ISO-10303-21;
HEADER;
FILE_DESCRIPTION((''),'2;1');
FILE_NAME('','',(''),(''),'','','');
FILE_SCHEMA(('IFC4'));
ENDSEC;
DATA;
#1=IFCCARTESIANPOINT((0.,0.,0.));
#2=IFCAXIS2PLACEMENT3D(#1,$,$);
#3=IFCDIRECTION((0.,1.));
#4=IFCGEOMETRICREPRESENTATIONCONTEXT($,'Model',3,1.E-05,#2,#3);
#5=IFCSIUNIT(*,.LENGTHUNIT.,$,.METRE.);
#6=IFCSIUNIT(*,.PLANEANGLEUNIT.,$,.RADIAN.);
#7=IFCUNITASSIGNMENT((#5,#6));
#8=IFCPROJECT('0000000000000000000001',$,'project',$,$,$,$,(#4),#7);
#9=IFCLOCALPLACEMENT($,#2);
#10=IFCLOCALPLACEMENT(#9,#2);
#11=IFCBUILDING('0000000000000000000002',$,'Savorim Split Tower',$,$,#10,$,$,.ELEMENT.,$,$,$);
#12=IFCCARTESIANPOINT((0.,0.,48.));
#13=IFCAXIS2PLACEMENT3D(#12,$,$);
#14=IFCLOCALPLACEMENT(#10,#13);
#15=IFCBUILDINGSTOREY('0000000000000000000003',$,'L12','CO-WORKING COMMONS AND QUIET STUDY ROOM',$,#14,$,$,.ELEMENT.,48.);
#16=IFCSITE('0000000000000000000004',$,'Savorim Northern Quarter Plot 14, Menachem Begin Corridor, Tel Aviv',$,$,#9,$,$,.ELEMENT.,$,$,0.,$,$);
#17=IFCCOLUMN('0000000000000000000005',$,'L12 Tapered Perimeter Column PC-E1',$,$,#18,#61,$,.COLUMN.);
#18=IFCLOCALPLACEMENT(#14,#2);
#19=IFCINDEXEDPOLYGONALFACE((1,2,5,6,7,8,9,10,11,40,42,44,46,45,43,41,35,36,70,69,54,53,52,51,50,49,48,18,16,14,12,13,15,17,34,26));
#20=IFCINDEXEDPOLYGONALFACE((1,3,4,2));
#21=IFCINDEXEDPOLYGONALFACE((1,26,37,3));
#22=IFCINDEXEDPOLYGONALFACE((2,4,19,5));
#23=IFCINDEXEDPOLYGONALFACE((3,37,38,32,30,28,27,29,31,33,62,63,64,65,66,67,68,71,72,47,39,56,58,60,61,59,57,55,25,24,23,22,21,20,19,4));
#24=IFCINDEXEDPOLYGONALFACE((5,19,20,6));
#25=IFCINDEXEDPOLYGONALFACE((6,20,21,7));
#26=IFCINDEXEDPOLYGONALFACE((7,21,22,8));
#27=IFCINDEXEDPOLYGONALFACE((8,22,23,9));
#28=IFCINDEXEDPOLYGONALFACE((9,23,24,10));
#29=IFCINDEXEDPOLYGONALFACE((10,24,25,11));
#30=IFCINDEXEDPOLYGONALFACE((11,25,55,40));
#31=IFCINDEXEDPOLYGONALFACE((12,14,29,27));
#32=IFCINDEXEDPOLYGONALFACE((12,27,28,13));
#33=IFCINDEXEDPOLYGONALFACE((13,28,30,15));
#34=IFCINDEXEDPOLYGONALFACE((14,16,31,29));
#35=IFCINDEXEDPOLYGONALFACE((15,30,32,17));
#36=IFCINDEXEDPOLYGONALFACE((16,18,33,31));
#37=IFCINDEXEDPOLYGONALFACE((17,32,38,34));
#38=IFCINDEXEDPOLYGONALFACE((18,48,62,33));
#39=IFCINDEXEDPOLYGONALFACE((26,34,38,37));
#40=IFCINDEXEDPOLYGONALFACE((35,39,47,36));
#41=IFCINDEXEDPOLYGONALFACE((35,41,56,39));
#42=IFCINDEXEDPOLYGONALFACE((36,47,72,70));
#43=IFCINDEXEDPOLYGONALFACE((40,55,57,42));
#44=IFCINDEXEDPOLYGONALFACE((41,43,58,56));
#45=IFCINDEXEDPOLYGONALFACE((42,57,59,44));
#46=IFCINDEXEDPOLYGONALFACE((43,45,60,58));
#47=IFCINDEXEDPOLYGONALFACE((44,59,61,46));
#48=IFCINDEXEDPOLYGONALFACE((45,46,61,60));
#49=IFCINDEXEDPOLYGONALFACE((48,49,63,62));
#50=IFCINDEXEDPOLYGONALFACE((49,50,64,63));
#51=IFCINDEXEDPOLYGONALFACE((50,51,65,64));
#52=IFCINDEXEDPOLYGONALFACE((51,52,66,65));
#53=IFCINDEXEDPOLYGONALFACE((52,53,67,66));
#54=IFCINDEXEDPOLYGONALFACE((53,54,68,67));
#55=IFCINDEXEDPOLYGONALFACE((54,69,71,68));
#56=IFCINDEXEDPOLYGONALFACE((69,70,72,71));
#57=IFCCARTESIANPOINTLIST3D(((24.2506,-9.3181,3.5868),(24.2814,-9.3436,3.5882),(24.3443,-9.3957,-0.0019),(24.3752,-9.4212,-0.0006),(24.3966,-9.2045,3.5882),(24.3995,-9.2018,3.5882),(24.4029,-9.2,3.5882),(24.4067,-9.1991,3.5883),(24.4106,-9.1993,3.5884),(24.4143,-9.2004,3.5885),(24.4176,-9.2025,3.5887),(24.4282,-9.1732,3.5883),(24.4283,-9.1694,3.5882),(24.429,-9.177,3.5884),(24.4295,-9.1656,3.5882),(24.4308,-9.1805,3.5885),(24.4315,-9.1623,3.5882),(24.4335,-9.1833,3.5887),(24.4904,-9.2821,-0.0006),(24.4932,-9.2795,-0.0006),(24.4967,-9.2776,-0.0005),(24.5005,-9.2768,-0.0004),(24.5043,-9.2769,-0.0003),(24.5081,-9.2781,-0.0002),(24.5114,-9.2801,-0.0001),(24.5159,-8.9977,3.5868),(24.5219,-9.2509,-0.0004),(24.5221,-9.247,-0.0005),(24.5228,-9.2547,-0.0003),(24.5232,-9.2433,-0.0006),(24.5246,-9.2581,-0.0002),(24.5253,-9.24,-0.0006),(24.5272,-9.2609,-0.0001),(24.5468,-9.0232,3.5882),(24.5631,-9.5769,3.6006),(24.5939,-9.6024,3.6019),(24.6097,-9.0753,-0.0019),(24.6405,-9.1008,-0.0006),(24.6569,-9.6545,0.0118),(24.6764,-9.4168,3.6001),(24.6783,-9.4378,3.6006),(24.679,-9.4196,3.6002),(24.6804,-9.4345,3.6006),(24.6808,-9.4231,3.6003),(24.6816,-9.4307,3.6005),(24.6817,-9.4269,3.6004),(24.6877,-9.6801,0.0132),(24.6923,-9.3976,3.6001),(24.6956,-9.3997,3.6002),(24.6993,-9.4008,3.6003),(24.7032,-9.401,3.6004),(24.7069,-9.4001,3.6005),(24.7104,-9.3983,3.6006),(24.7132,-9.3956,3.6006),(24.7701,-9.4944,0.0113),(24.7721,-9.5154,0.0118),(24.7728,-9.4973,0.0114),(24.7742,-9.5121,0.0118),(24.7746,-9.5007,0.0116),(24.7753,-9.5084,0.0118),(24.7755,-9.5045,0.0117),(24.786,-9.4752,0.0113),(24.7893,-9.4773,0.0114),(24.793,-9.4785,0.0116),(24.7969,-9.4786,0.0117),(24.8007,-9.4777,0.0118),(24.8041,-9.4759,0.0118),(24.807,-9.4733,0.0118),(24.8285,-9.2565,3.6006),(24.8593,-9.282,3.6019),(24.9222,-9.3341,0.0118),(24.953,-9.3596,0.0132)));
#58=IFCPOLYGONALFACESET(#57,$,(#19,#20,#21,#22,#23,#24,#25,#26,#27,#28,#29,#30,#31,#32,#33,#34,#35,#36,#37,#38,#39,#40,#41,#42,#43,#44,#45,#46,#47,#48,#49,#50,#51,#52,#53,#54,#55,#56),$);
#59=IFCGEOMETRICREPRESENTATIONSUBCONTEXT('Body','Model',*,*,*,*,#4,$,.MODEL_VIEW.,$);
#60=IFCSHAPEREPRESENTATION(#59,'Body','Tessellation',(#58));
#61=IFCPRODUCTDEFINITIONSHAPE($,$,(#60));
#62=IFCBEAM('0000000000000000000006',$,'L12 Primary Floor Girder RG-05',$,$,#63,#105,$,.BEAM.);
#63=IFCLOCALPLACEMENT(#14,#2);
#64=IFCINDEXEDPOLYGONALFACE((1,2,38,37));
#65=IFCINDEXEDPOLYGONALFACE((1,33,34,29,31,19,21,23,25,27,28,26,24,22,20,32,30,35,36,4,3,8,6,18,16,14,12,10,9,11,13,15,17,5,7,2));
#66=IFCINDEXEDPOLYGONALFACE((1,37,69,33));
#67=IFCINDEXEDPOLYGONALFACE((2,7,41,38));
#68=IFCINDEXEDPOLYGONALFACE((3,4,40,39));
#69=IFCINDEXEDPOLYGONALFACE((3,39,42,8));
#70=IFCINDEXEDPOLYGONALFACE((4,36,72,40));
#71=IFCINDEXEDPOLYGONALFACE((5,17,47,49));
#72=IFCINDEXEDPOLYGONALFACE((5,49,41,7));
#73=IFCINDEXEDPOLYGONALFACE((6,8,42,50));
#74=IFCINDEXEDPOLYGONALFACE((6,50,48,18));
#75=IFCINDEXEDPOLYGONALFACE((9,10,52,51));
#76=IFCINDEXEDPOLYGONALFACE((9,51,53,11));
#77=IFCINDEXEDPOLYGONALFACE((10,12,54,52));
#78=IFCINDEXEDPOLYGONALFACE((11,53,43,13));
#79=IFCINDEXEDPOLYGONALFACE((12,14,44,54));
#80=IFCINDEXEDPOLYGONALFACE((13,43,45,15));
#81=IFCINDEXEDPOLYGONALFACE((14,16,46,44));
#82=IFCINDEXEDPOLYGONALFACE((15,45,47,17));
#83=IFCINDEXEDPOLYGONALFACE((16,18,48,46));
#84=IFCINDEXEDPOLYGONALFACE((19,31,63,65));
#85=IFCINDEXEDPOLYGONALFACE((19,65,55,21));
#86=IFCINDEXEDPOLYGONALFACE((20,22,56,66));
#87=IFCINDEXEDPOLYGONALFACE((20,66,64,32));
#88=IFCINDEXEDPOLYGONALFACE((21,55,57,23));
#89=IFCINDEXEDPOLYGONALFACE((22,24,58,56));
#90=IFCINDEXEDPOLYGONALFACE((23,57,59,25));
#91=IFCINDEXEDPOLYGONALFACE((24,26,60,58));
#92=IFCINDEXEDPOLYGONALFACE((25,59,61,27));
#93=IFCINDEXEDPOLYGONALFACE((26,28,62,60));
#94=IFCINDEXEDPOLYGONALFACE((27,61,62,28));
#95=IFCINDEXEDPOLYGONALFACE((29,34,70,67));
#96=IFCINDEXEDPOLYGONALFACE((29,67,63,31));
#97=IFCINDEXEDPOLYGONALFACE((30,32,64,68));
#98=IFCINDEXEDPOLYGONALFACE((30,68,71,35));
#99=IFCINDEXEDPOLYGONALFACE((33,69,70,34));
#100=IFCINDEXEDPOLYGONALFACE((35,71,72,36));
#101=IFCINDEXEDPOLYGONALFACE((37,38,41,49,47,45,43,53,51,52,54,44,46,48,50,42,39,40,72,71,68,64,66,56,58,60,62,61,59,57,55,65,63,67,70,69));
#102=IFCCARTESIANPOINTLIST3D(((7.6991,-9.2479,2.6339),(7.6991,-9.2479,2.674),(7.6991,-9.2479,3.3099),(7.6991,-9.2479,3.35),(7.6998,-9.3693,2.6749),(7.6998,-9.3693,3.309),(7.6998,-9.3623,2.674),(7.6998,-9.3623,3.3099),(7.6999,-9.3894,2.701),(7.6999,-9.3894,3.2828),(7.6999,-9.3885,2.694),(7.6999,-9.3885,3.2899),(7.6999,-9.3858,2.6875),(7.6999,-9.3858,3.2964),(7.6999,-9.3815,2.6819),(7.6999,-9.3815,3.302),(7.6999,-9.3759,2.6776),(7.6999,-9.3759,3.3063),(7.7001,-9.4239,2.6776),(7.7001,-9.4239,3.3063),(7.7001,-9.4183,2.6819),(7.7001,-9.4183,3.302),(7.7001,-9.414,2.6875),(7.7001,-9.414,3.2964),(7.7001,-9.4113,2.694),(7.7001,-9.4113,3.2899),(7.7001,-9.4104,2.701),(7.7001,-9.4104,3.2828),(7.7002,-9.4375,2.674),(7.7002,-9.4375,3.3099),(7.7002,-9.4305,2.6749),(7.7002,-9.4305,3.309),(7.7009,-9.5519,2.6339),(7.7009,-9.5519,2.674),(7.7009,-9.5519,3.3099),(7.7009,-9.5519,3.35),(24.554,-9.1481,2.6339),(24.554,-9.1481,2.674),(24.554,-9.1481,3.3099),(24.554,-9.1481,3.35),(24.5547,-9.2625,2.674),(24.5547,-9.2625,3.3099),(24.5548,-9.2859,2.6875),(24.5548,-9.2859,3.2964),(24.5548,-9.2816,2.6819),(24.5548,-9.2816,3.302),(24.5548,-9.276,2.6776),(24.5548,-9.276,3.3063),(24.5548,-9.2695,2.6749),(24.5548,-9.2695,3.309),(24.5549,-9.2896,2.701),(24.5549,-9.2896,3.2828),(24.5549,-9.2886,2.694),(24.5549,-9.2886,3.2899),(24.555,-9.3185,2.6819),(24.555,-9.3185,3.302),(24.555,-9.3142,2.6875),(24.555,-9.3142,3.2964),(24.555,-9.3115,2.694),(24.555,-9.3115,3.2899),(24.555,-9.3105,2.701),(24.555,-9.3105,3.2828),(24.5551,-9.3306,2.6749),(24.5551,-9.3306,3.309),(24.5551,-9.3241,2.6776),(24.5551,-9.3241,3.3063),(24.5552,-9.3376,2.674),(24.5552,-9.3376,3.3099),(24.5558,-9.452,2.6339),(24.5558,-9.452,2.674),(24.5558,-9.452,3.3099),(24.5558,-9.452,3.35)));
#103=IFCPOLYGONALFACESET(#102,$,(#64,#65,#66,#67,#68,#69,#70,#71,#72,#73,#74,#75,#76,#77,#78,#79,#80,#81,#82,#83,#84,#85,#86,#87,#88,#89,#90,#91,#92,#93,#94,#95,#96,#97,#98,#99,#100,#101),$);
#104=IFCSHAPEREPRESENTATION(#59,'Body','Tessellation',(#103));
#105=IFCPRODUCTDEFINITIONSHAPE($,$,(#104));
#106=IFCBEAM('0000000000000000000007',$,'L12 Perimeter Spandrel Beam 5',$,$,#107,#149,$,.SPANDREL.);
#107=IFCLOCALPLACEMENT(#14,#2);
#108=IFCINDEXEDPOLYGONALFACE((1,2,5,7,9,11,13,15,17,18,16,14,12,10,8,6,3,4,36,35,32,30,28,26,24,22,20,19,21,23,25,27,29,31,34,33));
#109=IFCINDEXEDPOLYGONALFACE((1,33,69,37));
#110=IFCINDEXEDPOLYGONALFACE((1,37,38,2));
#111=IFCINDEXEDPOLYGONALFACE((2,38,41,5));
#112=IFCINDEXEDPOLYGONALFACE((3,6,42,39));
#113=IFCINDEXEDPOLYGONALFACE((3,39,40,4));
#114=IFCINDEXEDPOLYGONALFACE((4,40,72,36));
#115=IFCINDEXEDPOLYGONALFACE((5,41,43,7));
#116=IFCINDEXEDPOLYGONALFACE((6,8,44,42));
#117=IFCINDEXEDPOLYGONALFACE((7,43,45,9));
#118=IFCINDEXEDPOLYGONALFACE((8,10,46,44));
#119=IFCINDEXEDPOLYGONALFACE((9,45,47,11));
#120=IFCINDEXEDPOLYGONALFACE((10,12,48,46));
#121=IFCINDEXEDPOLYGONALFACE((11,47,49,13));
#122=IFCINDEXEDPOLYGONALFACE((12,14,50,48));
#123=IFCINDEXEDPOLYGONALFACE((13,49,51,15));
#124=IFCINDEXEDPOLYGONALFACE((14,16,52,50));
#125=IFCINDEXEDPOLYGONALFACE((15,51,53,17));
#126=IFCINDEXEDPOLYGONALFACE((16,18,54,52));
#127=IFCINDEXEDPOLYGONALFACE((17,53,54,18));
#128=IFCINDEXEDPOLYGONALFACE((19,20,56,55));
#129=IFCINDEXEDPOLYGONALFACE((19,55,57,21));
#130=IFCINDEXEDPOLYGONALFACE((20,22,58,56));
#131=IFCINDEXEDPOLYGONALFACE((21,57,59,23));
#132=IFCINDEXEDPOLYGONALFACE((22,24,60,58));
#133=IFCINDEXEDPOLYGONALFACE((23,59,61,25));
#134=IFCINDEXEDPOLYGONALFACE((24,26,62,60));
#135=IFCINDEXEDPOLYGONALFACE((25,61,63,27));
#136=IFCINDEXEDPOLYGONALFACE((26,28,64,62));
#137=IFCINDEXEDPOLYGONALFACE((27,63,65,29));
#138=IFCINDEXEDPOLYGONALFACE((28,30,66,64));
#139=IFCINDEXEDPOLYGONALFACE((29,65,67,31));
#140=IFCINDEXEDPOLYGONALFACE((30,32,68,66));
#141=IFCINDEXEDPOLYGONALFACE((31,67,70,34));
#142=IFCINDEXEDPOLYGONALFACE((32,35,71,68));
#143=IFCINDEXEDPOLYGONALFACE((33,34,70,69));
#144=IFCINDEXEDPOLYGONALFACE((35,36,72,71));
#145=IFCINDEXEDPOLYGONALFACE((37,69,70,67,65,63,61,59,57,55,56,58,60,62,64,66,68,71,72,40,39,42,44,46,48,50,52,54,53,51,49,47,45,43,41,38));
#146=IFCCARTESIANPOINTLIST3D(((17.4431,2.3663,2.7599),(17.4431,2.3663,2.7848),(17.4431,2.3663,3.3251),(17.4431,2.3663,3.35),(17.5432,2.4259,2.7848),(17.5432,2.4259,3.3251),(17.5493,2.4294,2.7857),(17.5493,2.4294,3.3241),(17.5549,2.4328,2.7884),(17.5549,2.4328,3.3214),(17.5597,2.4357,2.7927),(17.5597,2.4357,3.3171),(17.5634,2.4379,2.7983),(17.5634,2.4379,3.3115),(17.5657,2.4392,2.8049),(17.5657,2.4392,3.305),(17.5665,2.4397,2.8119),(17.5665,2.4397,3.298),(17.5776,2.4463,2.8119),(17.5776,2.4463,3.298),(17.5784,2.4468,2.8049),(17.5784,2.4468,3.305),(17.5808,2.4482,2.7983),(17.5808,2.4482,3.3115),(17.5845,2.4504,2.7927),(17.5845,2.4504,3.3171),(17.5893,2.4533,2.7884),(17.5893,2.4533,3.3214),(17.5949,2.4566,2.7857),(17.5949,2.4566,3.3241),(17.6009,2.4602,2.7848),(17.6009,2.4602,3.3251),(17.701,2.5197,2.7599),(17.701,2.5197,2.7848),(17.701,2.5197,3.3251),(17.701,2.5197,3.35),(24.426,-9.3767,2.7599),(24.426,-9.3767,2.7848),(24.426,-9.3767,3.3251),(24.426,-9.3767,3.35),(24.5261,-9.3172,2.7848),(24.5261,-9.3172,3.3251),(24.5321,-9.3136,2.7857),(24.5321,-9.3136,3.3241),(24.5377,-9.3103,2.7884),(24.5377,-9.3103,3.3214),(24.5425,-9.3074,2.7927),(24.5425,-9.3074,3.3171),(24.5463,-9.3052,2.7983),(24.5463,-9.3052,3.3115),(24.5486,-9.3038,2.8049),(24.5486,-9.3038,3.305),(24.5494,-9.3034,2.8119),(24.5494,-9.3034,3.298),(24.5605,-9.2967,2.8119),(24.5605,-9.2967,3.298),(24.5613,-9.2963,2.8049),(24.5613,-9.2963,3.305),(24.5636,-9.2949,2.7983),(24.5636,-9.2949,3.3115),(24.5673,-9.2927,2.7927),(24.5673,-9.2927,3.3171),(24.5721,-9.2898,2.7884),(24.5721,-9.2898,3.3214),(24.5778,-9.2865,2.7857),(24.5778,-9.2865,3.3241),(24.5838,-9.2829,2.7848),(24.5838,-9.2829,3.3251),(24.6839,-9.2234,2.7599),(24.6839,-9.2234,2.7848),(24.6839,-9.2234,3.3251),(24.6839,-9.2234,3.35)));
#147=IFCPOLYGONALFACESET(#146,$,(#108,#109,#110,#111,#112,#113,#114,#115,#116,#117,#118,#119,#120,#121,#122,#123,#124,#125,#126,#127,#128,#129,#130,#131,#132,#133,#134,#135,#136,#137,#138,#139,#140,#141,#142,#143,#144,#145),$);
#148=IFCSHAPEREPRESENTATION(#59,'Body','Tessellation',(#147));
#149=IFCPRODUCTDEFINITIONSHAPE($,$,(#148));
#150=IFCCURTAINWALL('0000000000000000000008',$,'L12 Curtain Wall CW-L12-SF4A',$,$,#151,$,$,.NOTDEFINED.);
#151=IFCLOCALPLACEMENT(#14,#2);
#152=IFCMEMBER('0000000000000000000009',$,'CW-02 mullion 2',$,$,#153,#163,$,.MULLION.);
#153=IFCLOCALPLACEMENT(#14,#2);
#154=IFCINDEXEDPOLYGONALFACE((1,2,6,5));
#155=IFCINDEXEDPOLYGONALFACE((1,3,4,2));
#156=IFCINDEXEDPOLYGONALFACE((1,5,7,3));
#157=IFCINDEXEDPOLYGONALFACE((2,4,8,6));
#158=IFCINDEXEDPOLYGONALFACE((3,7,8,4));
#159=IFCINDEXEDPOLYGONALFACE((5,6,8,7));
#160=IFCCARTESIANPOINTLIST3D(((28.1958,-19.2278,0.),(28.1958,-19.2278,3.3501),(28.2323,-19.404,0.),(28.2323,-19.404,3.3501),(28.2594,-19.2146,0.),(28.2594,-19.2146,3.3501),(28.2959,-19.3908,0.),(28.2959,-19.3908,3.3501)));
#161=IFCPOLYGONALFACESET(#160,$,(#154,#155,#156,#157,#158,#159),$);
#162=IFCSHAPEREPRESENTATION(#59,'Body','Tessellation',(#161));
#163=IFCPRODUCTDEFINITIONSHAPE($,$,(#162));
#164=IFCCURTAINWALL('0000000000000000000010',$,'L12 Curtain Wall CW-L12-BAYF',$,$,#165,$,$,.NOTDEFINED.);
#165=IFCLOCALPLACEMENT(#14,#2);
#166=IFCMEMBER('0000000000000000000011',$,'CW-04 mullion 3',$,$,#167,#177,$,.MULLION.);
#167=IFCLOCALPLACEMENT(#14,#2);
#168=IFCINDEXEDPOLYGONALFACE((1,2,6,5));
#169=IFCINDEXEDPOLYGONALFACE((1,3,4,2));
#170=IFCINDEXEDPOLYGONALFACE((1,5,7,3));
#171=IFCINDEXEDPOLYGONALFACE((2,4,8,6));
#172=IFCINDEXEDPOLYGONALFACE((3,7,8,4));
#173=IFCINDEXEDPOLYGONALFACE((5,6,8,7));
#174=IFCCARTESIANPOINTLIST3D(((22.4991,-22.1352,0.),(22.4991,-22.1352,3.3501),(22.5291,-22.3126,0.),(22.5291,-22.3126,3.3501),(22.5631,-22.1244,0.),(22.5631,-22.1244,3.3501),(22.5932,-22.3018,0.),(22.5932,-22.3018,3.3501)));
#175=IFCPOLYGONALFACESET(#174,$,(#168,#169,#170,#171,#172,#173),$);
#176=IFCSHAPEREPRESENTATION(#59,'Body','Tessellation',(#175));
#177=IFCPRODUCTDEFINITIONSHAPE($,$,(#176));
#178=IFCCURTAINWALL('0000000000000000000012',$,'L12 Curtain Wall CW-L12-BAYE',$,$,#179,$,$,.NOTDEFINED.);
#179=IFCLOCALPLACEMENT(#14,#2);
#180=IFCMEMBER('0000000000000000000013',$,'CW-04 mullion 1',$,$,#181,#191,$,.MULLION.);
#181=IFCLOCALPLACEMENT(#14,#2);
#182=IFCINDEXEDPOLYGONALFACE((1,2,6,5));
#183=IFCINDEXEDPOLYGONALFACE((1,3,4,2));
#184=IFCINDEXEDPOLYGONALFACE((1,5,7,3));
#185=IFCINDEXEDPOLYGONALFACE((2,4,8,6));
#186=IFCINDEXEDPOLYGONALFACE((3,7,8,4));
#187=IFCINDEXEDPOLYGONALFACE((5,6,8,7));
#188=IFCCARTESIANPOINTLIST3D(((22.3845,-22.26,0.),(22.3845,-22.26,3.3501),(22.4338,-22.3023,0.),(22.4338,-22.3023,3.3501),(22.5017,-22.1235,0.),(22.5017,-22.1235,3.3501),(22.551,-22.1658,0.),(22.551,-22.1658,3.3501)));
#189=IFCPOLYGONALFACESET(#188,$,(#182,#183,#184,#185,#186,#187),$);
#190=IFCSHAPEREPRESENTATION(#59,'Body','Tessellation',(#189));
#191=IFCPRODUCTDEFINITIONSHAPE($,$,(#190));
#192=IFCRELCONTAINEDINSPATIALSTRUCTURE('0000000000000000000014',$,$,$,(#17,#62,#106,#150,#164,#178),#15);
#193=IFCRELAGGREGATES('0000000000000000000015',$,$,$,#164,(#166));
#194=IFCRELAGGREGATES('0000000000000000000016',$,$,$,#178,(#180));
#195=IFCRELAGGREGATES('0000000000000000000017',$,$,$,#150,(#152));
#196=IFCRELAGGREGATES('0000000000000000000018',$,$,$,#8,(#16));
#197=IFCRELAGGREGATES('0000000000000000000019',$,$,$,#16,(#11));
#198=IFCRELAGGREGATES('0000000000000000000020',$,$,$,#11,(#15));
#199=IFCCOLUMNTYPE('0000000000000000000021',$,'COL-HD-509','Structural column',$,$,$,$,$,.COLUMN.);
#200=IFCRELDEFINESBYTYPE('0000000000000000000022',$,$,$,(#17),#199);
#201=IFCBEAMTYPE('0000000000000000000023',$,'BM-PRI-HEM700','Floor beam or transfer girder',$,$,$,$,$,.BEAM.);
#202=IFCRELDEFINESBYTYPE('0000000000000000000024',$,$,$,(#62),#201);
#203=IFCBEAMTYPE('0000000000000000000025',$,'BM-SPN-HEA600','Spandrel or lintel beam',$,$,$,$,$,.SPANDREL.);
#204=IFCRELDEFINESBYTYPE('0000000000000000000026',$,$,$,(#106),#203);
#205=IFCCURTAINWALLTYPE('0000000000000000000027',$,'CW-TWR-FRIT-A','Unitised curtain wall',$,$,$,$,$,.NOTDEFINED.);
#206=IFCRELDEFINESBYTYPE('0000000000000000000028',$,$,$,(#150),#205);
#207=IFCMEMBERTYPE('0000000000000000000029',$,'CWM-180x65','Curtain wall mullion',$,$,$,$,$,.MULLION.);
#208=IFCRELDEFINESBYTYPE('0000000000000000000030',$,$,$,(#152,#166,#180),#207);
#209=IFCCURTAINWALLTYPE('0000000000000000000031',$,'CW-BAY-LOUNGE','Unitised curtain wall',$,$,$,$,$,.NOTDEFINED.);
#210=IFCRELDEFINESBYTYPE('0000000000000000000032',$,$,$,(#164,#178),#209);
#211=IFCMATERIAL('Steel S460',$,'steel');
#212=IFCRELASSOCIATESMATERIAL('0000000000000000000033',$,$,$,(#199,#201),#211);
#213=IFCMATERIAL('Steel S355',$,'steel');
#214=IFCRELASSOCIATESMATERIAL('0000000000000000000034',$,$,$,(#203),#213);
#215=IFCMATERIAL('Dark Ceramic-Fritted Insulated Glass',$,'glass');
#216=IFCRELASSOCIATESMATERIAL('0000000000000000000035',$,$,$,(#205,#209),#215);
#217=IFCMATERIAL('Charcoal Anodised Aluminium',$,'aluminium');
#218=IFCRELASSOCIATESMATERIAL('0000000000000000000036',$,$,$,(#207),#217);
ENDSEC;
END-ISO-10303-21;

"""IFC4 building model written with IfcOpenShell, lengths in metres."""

from ifc_helpers import new_model, si_unit, direction, frame, origin, origin_2d, place, context, subcontext, project, spatial, rectangle, i_section, extrude, material, material_profile, profile_set, type_object, element, aggregate, save


model = new_model("IFC4")

# Units and contexts
model_context = context("Model", 3, precision=1e-05, world=origin(), true_north=direction((0.0, 1.0)))
body_context = subcontext(model_context, "Body", "Model", "MODEL_VIEW")
ifc_project = project(units=[si_unit("LENGTHUNIT", "METRE"), si_unit("PLANEANGLEUNIT", "RADIAN")], contexts=[model_context])

# Site, building, storey
site_placement = place(None, origin())
site = spatial("IfcSite", under=ifc_project, at=site_placement, Name="Savorim Northern Quarter Plot 14, Menachem Begin Corridor, Tel Aviv", CompositionType="ELEMENT", RefElevation=0.0)
building_placement = place(site_placement, origin())
building = spatial("IfcBuilding", under=site, at=building_placement, Name="Savorim Split Tower", CompositionType="ELEMENT")
storey_placement = place(building_placement, frame((0.0, 0.0, 48.0)))
storey = spatial("IfcBuildingStorey", under=building, at=storey_placement, Name="L12", Description="CO-WORKING COMMONS AND QUIET STUDY ROOM", CompositionType="ELEMENT", Elevation=48.0)

# Column
ifc_material_1 = material(Name="Steel S460", Category="steel")
ifc_material_profile_1 = material_profile(ifc_material_1, i_section(OverallWidth=0.416, OverallDepth=0.446, WebThickness=0.0249, FlangeThickness=0.04, FilletRadius=0.0149, at=origin_2d()), Name="HD 400x509")
ifc_profile_set_1 = profile_set([ifc_material_profile_1], Name="Steel S460")
column_type = type_object("IfcColumnType", Name="COL-HD-509", Description="Structural column", PredefinedType="COLUMN", material=ifc_profile_set_1)
column_placement = place(storey_placement, frame((24.6487, -9.3777, 0.0056), z_axis=(-0.026107, 0.02162, 0.999425), x_axis=(-0.637814, -0.77019, 0.0)))
element("IfcColumn", 1, at=column_placement, inside=storey, type_object=column_type, Name="L12 Tapered Perimeter Column PC-E1", PredefinedType="COLUMN", context=body_context, shape_type="SweptSolid", body=[
    extrude(i_section(OverallWidth=0.416, OverallDepth=0.446, WebThickness=0.0249, FlangeThickness=0.04, FilletRadius=0.0149, at=origin_2d()), origin(), (0.0, 0.0, 1.0), 3.5908),
])

# Beams
ifc_material_profile_2 = material_profile(ifc_material_1, i_section(OverallWidth=0.304, OverallDepth=0.7161, WebThickness=0.021, FlangeThickness=0.04, FilletRadius=0.0271, at=origin_2d()), Name="HE 700 M")
ifc_profile_set_2 = profile_set([ifc_material_profile_2], Name="Steel S460")
beam_type_1 = type_object("IfcBeamType", Name="BM-PRI-HEM700", Description="Floor beam or transfer girder", PredefinedType="BEAM", material=ifc_profile_set_2)
beam_1_placement = place(storey_placement, frame((24.5549, -9.3, 2.9919), z_axis=(-0.999982, -0.005924, 0.0), x_axis=(0.005924, -0.999982, 0.0)))
element("IfcBeam", 2, at=beam_1_placement, inside=storey, type_object=beam_type_1, Name="L12 Primary Floor Girder RG-05", PredefinedType="BEAM", context=body_context, shape_type="SweptSolid", body=[
    extrude(i_section(OverallWidth=0.304, OverallDepth=0.7161, WebThickness=0.021, FlangeThickness=0.04, FilletRadius=0.0271, at=origin_2d()), origin(), (0.0, 0.0, 1.0), 16.8552),
])
ifc_material_2 = material(Name="Steel S355", Category="steel")
ifc_material_profile_3 = material_profile(ifc_material_2, i_section(OverallWidth=0.3, OverallDepth=0.5901, WebThickness=0.0129, FlangeThickness=0.0249, FilletRadius=0.0271, at=origin_2d()), Name="HEA 600")
ifc_profile_set_3 = profile_set([ifc_material_profile_3], Name="Steel S355")
beam_type_2 = type_object("IfcBeamType", Name="BM-SPN-HEA600", Description="Spandrel or lintel beam", PredefinedType="SPANDREL", material=ifc_profile_set_3)
beam_2_placement = place(storey_placement, frame((24.5549, -9.3, 3.0549), z_axis=(-0.511102, 0.85952, 0.0), x_axis=(-0.85952, -0.511102, 0.0)))
element("IfcBeam", 3, at=beam_2_placement, inside=storey, type_object=beam_type_2, Name="L12 Perimeter Spandrel Beam 5", PredefinedType="SPANDREL", context=body_context, shape_type="SweptSolid", body=[
    extrude(i_section(OverallWidth=0.3, OverallDepth=0.5901, WebThickness=0.0129, FlangeThickness=0.0249, FilletRadius=0.0271, at=origin_2d()), origin(), (0.0, 0.0, 1.0), 13.6624),
])

# Curtain walls, members
ifc_material_3 = material(Name="Dark Ceramic-Fritted Insulated Glass", Category="glass")
curtain_wall_type_1 = type_object("IfcCurtainWallType", Name="CW-TWR-FRIT-A", Description="Unitised curtain wall", PredefinedType="NOTDEFINED", material=ifc_material_3)
curtain_wall_1_placement = place(storey_placement, origin())
curtain_wall_1 = element("IfcCurtainWall", 4, at=curtain_wall_1_placement, inside=storey, type_object=curtain_wall_type_1, Name="L12 Curtain Wall CW-L12-SF4A", PredefinedType="NOTDEFINED")
ifc_material_4 = material(Name="Charcoal Anodised Aluminium", Category="aluminium")
ifc_material_profile_4 = material_profile(ifc_material_4, rectangle(XDim=0.1799, YDim=0.0649, at=origin_2d()), Name="ALU-M 180x65")
ifc_profile_set_4 = profile_set([ifc_material_profile_4], Name="Charcoal Anodised Aluminium")
member_type_1 = type_object("IfcMemberType", Name="CWM-180x65", Description="Curtain wall mullion", PredefinedType="MULLION", material=ifc_profile_set_4)
member_1_placement = place(storey_placement, frame((28.2458, -19.3093, 0.0), z_axis=(0.0, 0.0, 1.0), x_axis=(-0.203218, 0.979134, 0.0)))
member_1 = element("IfcMember", 5, at=member_1_placement, type_object=member_type_1, Name="CW-02 mullion 2", PredefinedType="MULLION", context=body_context, shape_type="SweptSolid", body=[
    extrude(rectangle(XDim=0.1799, YDim=0.0649, at=origin_2d()), origin(), (0.0, 0.0, 1.0), 3.3501),
])
curtain_wall_type_2 = type_object("IfcCurtainWallType", Name="CW-BAY-LOUNGE", Description="Unitised curtain wall", PredefinedType="NOTDEFINED", material=ifc_material_3)
curtain_wall_2_placement = place(storey_placement, origin())
curtain_wall_2 = element("IfcCurtainWall", 6, at=curtain_wall_2_placement, inside=storey, type_object=curtain_wall_type_2, Name="L12 Curtain Wall CW-L12-BAYF", PredefinedType="NOTDEFINED")
member_2_placement = place(storey_placement, frame((22.5461, -22.2185, 0.0), z_axis=(0.0, 0.0, 1.0), x_axis=(-0.166857, 0.985981, 0.0)))
member_2 = element("IfcMember", 7, at=member_2_placement, type_object=member_type_1, Name="CW-04 mullion 3", PredefinedType="MULLION", context=body_context, shape_type="SweptSolid", body=[
    extrude(rectangle(XDim=0.1799, YDim=0.0649, at=origin_2d()), origin(), (0.0, 0.0, 1.0), 3.3501),
])
aggregate(curtain_wall_2, [member_2])
curtain_wall_3_placement = place(storey_placement, origin())
curtain_wall_3 = element("IfcCurtainWall", 8, at=curtain_wall_3_placement, inside=storey, type_object=curtain_wall_type_2, Name="L12 Curtain Wall CW-L12-BAYE", PredefinedType="NOTDEFINED")
member_3_placement = place(storey_placement, frame((22.4678, -22.2129, 0.0), z_axis=(0.0, 0.0, 1.0), x_axis=(-0.651446, -0.758695, 0.0)))
member_3 = element("IfcMember", 9, at=member_3_placement, type_object=member_type_1, Name="CW-04 mullion 1", PredefinedType="MULLION", context=body_context, shape_type="SweptSolid", body=[
    extrude(rectangle(XDim=0.1799, YDim=0.0649, at=origin_2d()), origin(), (0.0, 0.0, 1.0), 3.3501),
])

aggregate(curtain_wall_3, [member_3])

aggregate(curtain_wall_1, [member_1])

save(model, "model.ifc")
